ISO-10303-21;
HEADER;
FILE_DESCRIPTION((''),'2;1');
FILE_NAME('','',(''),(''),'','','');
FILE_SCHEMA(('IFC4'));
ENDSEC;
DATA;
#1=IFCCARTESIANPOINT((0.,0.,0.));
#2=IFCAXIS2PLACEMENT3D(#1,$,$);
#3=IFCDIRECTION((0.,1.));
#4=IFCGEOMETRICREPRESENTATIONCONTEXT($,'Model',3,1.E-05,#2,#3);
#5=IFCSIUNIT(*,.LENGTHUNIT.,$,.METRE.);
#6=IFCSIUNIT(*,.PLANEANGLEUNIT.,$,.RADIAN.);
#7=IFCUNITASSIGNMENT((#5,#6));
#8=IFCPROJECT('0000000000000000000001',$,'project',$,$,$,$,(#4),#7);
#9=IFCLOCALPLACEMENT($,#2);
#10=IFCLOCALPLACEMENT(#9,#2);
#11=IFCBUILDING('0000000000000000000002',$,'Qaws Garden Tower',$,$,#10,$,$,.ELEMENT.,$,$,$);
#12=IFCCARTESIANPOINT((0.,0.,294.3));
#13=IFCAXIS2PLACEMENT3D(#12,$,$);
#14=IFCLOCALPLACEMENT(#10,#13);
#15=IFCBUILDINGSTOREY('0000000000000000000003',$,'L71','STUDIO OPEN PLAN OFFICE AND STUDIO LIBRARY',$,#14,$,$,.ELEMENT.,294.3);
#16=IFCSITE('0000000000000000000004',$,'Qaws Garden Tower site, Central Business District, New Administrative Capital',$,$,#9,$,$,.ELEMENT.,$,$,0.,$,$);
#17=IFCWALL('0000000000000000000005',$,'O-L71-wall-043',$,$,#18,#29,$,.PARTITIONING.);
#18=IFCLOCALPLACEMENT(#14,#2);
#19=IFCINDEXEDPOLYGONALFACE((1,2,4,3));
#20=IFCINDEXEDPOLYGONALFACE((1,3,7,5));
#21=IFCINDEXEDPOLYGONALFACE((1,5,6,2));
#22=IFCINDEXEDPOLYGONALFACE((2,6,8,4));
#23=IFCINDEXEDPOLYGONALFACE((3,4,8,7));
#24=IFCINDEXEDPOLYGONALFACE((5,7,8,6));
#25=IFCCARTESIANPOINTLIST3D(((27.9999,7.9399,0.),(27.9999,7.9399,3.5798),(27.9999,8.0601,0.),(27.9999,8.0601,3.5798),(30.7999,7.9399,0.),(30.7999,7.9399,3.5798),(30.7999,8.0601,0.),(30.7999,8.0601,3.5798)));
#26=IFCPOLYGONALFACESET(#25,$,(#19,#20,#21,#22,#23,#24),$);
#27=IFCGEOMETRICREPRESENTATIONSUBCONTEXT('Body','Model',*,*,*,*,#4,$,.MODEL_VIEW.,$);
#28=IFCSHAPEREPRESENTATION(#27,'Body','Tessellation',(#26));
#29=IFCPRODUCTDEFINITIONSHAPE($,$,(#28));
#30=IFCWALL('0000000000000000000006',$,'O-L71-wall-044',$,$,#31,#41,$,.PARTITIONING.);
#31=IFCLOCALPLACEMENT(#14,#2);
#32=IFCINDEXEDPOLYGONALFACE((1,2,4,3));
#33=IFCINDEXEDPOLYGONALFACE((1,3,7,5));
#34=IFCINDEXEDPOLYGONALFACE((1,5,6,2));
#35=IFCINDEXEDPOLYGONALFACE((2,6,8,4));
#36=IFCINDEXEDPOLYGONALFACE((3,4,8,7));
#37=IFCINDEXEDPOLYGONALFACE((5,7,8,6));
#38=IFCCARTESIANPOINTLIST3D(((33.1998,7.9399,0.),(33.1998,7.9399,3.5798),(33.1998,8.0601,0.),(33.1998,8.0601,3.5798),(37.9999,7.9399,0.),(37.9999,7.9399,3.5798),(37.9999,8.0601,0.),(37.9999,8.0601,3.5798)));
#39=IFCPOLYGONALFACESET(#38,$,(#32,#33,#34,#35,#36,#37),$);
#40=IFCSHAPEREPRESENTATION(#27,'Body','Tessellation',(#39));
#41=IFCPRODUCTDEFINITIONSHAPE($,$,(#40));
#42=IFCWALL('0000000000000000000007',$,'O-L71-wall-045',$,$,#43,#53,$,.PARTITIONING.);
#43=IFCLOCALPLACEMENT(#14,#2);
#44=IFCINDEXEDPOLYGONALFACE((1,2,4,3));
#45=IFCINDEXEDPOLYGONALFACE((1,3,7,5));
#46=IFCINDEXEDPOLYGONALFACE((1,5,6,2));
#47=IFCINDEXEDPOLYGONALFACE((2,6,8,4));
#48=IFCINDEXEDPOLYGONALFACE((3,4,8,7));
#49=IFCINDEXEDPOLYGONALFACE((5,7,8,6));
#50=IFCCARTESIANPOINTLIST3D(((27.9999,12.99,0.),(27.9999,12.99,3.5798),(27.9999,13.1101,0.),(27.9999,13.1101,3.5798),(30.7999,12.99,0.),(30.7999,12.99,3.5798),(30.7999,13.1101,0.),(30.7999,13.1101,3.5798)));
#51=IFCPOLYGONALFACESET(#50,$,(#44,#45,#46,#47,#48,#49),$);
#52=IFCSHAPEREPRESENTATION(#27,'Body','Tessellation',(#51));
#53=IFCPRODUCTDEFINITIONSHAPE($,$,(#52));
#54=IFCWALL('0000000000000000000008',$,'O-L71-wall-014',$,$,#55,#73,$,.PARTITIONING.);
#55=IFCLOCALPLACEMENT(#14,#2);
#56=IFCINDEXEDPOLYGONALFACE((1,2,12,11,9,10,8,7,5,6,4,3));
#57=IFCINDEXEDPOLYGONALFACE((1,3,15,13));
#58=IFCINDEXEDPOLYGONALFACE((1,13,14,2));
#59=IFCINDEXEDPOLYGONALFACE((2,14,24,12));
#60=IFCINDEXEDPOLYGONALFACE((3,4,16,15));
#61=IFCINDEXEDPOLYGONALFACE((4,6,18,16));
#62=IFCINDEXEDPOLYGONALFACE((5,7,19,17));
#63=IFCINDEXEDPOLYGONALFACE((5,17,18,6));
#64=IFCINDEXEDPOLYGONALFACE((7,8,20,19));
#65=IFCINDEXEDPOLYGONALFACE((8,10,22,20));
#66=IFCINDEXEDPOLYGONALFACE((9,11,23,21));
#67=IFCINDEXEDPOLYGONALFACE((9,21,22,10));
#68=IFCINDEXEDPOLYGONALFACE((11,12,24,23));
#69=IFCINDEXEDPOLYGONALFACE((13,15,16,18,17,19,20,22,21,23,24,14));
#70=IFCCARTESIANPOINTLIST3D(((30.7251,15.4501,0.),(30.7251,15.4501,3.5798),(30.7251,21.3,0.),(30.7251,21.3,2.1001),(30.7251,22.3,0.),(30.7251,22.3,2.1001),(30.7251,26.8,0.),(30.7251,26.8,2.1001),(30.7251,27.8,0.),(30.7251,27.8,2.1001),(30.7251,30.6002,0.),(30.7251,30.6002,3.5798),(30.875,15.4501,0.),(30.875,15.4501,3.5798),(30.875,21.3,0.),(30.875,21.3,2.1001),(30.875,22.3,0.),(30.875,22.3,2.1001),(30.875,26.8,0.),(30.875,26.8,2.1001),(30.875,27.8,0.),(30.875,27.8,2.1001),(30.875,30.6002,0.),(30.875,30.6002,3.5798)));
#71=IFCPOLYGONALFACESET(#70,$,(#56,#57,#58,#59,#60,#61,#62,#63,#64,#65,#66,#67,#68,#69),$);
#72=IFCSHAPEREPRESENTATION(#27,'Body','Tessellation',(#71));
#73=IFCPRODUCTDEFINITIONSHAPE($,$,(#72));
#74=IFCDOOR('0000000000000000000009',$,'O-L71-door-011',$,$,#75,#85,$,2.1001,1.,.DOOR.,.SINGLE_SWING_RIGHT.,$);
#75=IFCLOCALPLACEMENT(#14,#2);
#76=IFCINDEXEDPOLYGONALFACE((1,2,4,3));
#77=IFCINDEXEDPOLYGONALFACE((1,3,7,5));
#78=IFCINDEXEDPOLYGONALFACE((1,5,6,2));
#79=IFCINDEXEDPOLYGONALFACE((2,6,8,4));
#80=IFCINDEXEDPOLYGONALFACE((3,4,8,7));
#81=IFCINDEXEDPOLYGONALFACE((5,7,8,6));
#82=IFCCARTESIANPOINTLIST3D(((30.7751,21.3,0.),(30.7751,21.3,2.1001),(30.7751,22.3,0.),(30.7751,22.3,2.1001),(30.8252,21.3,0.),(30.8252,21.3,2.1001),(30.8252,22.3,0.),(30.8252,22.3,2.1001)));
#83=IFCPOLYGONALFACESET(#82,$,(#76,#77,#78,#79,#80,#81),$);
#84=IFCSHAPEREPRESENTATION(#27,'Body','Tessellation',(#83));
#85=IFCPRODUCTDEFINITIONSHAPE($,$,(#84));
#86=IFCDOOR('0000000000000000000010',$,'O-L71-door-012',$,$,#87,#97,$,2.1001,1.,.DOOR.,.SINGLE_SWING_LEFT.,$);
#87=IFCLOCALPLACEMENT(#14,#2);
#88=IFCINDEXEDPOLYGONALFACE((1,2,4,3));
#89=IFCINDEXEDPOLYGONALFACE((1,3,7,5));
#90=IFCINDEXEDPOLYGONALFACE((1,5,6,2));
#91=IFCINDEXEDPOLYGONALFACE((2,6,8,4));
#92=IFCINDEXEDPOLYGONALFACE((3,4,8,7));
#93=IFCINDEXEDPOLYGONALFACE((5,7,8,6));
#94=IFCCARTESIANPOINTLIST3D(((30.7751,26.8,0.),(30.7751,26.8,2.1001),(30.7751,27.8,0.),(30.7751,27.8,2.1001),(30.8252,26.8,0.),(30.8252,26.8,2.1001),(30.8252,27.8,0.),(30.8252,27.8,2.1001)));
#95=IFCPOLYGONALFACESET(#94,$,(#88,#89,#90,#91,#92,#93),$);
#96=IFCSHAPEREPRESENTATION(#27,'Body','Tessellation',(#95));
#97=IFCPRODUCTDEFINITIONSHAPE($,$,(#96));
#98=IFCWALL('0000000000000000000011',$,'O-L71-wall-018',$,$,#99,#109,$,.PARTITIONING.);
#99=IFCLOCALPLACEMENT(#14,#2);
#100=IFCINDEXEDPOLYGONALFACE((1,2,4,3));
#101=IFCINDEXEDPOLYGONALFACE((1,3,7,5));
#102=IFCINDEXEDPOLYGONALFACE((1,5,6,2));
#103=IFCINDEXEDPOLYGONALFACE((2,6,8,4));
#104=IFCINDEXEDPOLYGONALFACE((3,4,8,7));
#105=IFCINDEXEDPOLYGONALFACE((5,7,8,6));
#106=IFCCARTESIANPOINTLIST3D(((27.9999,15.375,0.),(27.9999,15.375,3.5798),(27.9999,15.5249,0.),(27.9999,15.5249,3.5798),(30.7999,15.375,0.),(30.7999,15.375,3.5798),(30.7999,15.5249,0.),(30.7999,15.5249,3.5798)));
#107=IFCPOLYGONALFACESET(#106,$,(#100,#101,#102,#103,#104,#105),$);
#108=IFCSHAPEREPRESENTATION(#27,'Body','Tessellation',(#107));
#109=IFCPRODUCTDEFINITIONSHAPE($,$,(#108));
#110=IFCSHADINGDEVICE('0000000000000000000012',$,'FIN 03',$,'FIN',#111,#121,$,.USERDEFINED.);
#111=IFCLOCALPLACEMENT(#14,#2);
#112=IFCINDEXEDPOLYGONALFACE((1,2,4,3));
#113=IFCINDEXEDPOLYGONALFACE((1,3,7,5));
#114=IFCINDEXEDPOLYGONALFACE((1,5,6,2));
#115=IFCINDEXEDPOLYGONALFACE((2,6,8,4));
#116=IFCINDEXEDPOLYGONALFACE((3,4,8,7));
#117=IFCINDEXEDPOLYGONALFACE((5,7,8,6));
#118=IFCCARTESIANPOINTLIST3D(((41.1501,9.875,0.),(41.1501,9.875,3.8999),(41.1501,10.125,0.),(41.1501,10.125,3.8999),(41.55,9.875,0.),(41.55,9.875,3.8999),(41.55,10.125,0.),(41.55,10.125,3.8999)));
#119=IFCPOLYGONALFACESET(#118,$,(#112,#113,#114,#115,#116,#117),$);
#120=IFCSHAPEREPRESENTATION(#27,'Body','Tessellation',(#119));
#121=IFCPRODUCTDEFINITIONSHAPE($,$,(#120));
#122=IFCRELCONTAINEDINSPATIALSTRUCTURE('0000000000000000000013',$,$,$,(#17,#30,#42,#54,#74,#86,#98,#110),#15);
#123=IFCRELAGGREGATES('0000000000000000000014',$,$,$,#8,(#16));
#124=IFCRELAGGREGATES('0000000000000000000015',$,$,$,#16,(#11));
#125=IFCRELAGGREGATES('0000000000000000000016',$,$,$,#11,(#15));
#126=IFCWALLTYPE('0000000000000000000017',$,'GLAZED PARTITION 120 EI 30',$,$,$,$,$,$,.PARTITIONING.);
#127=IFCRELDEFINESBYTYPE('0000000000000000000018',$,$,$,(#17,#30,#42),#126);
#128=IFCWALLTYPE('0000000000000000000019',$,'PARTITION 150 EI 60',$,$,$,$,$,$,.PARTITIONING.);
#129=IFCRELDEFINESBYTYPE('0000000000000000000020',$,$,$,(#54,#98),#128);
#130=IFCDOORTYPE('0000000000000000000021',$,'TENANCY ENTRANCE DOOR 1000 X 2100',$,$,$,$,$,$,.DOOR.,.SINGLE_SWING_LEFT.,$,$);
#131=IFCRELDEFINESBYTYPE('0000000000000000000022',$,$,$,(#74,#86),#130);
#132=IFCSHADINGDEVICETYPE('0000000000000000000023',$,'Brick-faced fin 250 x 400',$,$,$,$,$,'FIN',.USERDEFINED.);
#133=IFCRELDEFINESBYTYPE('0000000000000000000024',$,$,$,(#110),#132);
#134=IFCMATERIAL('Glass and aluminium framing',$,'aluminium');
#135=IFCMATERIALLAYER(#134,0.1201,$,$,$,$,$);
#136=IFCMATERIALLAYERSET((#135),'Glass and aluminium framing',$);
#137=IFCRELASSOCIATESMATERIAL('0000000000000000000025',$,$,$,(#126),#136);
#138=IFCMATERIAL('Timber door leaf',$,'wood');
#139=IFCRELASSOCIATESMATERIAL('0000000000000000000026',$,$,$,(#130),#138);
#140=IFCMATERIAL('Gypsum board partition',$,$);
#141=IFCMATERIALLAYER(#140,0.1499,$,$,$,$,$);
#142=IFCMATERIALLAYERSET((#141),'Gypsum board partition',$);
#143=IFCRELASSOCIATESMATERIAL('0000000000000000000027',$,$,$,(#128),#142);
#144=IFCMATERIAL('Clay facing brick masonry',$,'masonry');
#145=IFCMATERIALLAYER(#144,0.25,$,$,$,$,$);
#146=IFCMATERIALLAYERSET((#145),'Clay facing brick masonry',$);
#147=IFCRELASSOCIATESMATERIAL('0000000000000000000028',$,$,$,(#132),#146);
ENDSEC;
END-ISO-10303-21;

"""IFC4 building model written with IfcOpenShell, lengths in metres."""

from ifc_helpers import new_model, si_unit, direction, frame, frame_2d, origin, origin_2d, place, context, subcontext, project, spatial, rectangle, extrude, material, layer, layer_set, type_object, element, fill, save


model = new_model("IFC4")

# Units and contexts
model_context = context("Model", 3, precision=1e-05, world=origin(), true_north=direction((0.0, 1.0)))
body_context = subcontext(model_context, "Body", "Model", "MODEL_VIEW")
ifc_project = project(units=[si_unit("LENGTHUNIT", "METRE"), si_unit("PLANEANGLEUNIT", "RADIAN")], contexts=[model_context])

# Site, building, storey
site_placement = place(None, origin())
site = spatial("IfcSite", under=ifc_project, at=site_placement, Name="Qaws Garden Tower site, Central Business District, New Administrative Capital", CompositionType="ELEMENT", RefElevation=0.0)
building_placement = place(site_placement, origin())
building = spatial("IfcBuilding", under=site, at=building_placement, Name="Qaws Garden Tower", CompositionType="ELEMENT")
storey_placement = place(building_placement, frame((0.0, 0.0, 294.3)))
storey = spatial("IfcBuildingStorey", under=building, at=storey_placement, Name="L71", Description="STUDIO OPEN PLAN OFFICE AND STUDIO LIBRARY", CompositionType="ELEMENT", Elevation=294.3)

# Shared definitions
ifc_material_1 = material(Name="Glass and aluminium framing", Category="aluminium")
ifc_layer_1 = layer(ifc_material_1, 0.1201)
ifc_layer_set_1 = layer_set([ifc_layer_1], Name="Glass and aluminium framing")
wall_type_1 = type_object("IfcWallType", Name="GLAZED PARTITION 120 EI 30", PredefinedType="PARTITIONING", material=ifc_layer_set_1)
ifc_material_2 = material(Name="Timber door leaf", Category="wood")
door_type_1 = type_object("IfcDoorType", Name="TENANCY ENTRANCE DOOR 1000 X 2100", OperationType="SINGLE_SWING_LEFT", PredefinedType="DOOR", material=ifc_material_2)

# Walls
wall_1_placement = place(storey_placement, frame((28.0, 8.0, 0.0), z_axis=(0.0, 0.0, 1.0), x_axis=(1.0, 0.0, 0.0)))
element("IfcWall", 1, at=wall_1_placement, inside=storey, type_object=wall_type_1, Name="O-L71-wall-043", PredefinedType="PARTITIONING", context=body_context, shape_type="SweptSolid", body=[
    extrude(rectangle(XDim=2.8, YDim=0.1201, at=frame_2d((1.3999, 0.0))), origin(), (0.0, 0.0, 1.0), 3.5798),
])
wall_2_placement = place(storey_placement, frame((33.2, 8.0, 0.0), z_axis=(0.0, 0.0, 1.0), x_axis=(1.0, 0.0, 0.0)))
element("IfcWall", 2, at=wall_2_placement, inside=storey, type_object=wall_type_1, Name="O-L71-wall-044", PredefinedType="PARTITIONING", context=body_context, shape_type="SweptSolid", body=[
    extrude(rectangle(XDim=4.8, YDim=0.1201, at=frame_2d((2.3999, 0.0))), origin(), (0.0, 0.0, 1.0), 3.5798),
])
wall_3_placement = place(storey_placement, frame((28.0, 13.05, 0.0), z_axis=(0.0, 0.0, 1.0), x_axis=(1.0, 0.0, 0.0)))
element("IfcWall", 3, at=wall_3_placement, inside=storey, type_object=wall_type_1, Name="O-L71-wall-045", PredefinedType="PARTITIONING", context=body_context, shape_type="SweptSolid", body=[
    extrude(rectangle(XDim=2.8, YDim=0.1201, at=frame_2d((1.3999, 0.0))), origin(), (0.0, 0.0, 1.0), 3.5798),
])

# Wall, openings, doors
ifc_material_3 = material(Name="Gypsum board partition")
ifc_layer_2 = layer(ifc_material_3, 0.1499)
ifc_layer_set_2 = layer_set([ifc_layer_2], Name="Gypsum board partition")
wall_type_2 = type_object("IfcWallType", Name="PARTITION 150 EI 60", PredefinedType="PARTITIONING", material=ifc_layer_set_2)
wall_4_placement = place(storey_placement, frame((30.8, 15.45, 0.0), z_axis=(0.0, 0.0, 1.0), x_axis=(0.0, 1.0, 0.0)))
wall_4 = element("IfcWall", 4, at=wall_4_placement, inside=storey, type_object=wall_type_2, Name="O-L71-wall-014", PredefinedType="PARTITIONING", context=body_context, shape_type="SweptSolid", body=[
    extrude(rectangle(XDim=15.1501, YDim=0.1499, at=frame_2d((7.5752, 0.0))), origin(), (0.0, 0.0, 1.0), 3.5798),
])
opening_1_placement = place(wall_4_placement, frame((5.8501, 0.0, 0.0)))
opening_1 = element("IfcOpeningElement", 5, at=opening_1_placement, cuts=wall_4, PredefinedType="OPENING", context=body_context, shape_type="SweptSolid", body=[
    extrude(rectangle(XDim=1.0, YDim=2.1001, at=frame_2d((0.5, 1.05))), frame((0.0, 0.085, 0.0), z_axis=(0.0, -1.0, 0.0), x_axis=(1.0, 0.0, 0.0)), (0.0, 0.0, 1.0), 0.1699),
])
opening_2_placement = place(wall_4_placement, frame((11.3501, 0.0, 0.0)))
opening_2 = element("IfcOpeningElement", 6, at=opening_2_placement, cuts=wall_4, PredefinedType="OPENING", context=body_context, shape_type="SweptSolid", body=[
    extrude(rectangle(XDim=1.0, YDim=2.1001, at=frame_2d((0.5, 1.05))), frame((0.0, 0.085, 0.0), z_axis=(0.0, -1.0, 0.0), x_axis=(1.0, 0.0, 0.0)), (0.0, 0.0, 1.0), 0.1699),
])
door_1_placement = place(opening_1_placement, origin())
door_1 = element("IfcDoor", 7, at=door_1_placement, inside=storey, type_object=door_type_1, Name="O-L71-door-011", OperationType="SINGLE_SWING_RIGHT", OverallHeight=2.1001, OverallWidth=1.0, PredefinedType="DOOR", context=body_context, shape_type="SweptSolid", body=[
    extrude(rectangle(XDim=1.0, YDim=2.1001, at=frame_2d((0.5, 1.05))), frame((0.0, 0.0249, 0.0), z_axis=(0.0, -1.0, 0.0), x_axis=(1.0, 0.0, 0.0)), (0.0, 0.0, 1.0), 0.05),
])
fill(opening_1, door_1)
door_2_placement = place(opening_2_placement, origin())
door_2 = element("IfcDoor", 8, at=door_2_placement, inside=storey, type_object=door_type_1, Name="O-L71-door-012", OperationType="SINGLE_SWING_LEFT", OverallHeight=2.1001, OverallWidth=1.0, PredefinedType="DOOR", context=body_context, shape_type="SweptSolid", body=[
    extrude(rectangle(XDim=1.0, YDim=2.1001, at=frame_2d((0.5, 1.05))), frame((0.0, 0.0249, 0.0), z_axis=(0.0, -1.0, 0.0), x_axis=(1.0, 0.0, 0.0)), (0.0, 0.0, 1.0), 0.05),
])
fill(opening_2, door_2)

# Wall
wall_5_placement = place(storey_placement, frame((28.0, 15.45, 0.0), z_axis=(0.0, 0.0, 1.0), x_axis=(1.0, 0.0, 0.0)))
element("IfcWall", 9, at=wall_5_placement, inside=storey, type_object=wall_type_2, Name="O-L71-wall-018", PredefinedType="PARTITIONING", context=body_context, shape_type="SweptSolid", body=[
    extrude(rectangle(XDim=2.8, YDim=0.1499, at=frame_2d((1.3999, 0.0))), origin(), (0.0, 0.0, 1.0), 3.5798),
])

# Shading device
ifc_material_4 = material(Name="Clay facing brick masonry", Category="masonry")
ifc_layer_3 = layer(ifc_material_4, 0.25)
ifc_layer_set_3 = layer_set([ifc_layer_3], Name="Clay facing brick masonry")
shading_device_type = type_object("IfcShadingDeviceType", Name="Brick-faced fin 250 x 400", ElementType="FIN", PredefinedType="USERDEFINED", material=ifc_layer_set_3)
shading_device_placement = place(storey_placement, frame((41.3501, 10.0, 0.0), z_axis=(0.0, 0.0, 1.0), x_axis=(0.0, 1.0, 0.0)))
element("IfcShadingDevice", 10, at=shading_device_placement, inside=storey, type_object=shading_device_type, Name="FIN 03", ObjectType="FIN", PredefinedType="USERDEFINED", context=body_context, shape_type="SweptSolid", body=[
    extrude(rectangle(XDim=0.25, YDim=0.3999, at=origin_2d()), origin(), (0.0, 0.0, 1.0), 3.8999),
])

save(model, "model.ifc")
